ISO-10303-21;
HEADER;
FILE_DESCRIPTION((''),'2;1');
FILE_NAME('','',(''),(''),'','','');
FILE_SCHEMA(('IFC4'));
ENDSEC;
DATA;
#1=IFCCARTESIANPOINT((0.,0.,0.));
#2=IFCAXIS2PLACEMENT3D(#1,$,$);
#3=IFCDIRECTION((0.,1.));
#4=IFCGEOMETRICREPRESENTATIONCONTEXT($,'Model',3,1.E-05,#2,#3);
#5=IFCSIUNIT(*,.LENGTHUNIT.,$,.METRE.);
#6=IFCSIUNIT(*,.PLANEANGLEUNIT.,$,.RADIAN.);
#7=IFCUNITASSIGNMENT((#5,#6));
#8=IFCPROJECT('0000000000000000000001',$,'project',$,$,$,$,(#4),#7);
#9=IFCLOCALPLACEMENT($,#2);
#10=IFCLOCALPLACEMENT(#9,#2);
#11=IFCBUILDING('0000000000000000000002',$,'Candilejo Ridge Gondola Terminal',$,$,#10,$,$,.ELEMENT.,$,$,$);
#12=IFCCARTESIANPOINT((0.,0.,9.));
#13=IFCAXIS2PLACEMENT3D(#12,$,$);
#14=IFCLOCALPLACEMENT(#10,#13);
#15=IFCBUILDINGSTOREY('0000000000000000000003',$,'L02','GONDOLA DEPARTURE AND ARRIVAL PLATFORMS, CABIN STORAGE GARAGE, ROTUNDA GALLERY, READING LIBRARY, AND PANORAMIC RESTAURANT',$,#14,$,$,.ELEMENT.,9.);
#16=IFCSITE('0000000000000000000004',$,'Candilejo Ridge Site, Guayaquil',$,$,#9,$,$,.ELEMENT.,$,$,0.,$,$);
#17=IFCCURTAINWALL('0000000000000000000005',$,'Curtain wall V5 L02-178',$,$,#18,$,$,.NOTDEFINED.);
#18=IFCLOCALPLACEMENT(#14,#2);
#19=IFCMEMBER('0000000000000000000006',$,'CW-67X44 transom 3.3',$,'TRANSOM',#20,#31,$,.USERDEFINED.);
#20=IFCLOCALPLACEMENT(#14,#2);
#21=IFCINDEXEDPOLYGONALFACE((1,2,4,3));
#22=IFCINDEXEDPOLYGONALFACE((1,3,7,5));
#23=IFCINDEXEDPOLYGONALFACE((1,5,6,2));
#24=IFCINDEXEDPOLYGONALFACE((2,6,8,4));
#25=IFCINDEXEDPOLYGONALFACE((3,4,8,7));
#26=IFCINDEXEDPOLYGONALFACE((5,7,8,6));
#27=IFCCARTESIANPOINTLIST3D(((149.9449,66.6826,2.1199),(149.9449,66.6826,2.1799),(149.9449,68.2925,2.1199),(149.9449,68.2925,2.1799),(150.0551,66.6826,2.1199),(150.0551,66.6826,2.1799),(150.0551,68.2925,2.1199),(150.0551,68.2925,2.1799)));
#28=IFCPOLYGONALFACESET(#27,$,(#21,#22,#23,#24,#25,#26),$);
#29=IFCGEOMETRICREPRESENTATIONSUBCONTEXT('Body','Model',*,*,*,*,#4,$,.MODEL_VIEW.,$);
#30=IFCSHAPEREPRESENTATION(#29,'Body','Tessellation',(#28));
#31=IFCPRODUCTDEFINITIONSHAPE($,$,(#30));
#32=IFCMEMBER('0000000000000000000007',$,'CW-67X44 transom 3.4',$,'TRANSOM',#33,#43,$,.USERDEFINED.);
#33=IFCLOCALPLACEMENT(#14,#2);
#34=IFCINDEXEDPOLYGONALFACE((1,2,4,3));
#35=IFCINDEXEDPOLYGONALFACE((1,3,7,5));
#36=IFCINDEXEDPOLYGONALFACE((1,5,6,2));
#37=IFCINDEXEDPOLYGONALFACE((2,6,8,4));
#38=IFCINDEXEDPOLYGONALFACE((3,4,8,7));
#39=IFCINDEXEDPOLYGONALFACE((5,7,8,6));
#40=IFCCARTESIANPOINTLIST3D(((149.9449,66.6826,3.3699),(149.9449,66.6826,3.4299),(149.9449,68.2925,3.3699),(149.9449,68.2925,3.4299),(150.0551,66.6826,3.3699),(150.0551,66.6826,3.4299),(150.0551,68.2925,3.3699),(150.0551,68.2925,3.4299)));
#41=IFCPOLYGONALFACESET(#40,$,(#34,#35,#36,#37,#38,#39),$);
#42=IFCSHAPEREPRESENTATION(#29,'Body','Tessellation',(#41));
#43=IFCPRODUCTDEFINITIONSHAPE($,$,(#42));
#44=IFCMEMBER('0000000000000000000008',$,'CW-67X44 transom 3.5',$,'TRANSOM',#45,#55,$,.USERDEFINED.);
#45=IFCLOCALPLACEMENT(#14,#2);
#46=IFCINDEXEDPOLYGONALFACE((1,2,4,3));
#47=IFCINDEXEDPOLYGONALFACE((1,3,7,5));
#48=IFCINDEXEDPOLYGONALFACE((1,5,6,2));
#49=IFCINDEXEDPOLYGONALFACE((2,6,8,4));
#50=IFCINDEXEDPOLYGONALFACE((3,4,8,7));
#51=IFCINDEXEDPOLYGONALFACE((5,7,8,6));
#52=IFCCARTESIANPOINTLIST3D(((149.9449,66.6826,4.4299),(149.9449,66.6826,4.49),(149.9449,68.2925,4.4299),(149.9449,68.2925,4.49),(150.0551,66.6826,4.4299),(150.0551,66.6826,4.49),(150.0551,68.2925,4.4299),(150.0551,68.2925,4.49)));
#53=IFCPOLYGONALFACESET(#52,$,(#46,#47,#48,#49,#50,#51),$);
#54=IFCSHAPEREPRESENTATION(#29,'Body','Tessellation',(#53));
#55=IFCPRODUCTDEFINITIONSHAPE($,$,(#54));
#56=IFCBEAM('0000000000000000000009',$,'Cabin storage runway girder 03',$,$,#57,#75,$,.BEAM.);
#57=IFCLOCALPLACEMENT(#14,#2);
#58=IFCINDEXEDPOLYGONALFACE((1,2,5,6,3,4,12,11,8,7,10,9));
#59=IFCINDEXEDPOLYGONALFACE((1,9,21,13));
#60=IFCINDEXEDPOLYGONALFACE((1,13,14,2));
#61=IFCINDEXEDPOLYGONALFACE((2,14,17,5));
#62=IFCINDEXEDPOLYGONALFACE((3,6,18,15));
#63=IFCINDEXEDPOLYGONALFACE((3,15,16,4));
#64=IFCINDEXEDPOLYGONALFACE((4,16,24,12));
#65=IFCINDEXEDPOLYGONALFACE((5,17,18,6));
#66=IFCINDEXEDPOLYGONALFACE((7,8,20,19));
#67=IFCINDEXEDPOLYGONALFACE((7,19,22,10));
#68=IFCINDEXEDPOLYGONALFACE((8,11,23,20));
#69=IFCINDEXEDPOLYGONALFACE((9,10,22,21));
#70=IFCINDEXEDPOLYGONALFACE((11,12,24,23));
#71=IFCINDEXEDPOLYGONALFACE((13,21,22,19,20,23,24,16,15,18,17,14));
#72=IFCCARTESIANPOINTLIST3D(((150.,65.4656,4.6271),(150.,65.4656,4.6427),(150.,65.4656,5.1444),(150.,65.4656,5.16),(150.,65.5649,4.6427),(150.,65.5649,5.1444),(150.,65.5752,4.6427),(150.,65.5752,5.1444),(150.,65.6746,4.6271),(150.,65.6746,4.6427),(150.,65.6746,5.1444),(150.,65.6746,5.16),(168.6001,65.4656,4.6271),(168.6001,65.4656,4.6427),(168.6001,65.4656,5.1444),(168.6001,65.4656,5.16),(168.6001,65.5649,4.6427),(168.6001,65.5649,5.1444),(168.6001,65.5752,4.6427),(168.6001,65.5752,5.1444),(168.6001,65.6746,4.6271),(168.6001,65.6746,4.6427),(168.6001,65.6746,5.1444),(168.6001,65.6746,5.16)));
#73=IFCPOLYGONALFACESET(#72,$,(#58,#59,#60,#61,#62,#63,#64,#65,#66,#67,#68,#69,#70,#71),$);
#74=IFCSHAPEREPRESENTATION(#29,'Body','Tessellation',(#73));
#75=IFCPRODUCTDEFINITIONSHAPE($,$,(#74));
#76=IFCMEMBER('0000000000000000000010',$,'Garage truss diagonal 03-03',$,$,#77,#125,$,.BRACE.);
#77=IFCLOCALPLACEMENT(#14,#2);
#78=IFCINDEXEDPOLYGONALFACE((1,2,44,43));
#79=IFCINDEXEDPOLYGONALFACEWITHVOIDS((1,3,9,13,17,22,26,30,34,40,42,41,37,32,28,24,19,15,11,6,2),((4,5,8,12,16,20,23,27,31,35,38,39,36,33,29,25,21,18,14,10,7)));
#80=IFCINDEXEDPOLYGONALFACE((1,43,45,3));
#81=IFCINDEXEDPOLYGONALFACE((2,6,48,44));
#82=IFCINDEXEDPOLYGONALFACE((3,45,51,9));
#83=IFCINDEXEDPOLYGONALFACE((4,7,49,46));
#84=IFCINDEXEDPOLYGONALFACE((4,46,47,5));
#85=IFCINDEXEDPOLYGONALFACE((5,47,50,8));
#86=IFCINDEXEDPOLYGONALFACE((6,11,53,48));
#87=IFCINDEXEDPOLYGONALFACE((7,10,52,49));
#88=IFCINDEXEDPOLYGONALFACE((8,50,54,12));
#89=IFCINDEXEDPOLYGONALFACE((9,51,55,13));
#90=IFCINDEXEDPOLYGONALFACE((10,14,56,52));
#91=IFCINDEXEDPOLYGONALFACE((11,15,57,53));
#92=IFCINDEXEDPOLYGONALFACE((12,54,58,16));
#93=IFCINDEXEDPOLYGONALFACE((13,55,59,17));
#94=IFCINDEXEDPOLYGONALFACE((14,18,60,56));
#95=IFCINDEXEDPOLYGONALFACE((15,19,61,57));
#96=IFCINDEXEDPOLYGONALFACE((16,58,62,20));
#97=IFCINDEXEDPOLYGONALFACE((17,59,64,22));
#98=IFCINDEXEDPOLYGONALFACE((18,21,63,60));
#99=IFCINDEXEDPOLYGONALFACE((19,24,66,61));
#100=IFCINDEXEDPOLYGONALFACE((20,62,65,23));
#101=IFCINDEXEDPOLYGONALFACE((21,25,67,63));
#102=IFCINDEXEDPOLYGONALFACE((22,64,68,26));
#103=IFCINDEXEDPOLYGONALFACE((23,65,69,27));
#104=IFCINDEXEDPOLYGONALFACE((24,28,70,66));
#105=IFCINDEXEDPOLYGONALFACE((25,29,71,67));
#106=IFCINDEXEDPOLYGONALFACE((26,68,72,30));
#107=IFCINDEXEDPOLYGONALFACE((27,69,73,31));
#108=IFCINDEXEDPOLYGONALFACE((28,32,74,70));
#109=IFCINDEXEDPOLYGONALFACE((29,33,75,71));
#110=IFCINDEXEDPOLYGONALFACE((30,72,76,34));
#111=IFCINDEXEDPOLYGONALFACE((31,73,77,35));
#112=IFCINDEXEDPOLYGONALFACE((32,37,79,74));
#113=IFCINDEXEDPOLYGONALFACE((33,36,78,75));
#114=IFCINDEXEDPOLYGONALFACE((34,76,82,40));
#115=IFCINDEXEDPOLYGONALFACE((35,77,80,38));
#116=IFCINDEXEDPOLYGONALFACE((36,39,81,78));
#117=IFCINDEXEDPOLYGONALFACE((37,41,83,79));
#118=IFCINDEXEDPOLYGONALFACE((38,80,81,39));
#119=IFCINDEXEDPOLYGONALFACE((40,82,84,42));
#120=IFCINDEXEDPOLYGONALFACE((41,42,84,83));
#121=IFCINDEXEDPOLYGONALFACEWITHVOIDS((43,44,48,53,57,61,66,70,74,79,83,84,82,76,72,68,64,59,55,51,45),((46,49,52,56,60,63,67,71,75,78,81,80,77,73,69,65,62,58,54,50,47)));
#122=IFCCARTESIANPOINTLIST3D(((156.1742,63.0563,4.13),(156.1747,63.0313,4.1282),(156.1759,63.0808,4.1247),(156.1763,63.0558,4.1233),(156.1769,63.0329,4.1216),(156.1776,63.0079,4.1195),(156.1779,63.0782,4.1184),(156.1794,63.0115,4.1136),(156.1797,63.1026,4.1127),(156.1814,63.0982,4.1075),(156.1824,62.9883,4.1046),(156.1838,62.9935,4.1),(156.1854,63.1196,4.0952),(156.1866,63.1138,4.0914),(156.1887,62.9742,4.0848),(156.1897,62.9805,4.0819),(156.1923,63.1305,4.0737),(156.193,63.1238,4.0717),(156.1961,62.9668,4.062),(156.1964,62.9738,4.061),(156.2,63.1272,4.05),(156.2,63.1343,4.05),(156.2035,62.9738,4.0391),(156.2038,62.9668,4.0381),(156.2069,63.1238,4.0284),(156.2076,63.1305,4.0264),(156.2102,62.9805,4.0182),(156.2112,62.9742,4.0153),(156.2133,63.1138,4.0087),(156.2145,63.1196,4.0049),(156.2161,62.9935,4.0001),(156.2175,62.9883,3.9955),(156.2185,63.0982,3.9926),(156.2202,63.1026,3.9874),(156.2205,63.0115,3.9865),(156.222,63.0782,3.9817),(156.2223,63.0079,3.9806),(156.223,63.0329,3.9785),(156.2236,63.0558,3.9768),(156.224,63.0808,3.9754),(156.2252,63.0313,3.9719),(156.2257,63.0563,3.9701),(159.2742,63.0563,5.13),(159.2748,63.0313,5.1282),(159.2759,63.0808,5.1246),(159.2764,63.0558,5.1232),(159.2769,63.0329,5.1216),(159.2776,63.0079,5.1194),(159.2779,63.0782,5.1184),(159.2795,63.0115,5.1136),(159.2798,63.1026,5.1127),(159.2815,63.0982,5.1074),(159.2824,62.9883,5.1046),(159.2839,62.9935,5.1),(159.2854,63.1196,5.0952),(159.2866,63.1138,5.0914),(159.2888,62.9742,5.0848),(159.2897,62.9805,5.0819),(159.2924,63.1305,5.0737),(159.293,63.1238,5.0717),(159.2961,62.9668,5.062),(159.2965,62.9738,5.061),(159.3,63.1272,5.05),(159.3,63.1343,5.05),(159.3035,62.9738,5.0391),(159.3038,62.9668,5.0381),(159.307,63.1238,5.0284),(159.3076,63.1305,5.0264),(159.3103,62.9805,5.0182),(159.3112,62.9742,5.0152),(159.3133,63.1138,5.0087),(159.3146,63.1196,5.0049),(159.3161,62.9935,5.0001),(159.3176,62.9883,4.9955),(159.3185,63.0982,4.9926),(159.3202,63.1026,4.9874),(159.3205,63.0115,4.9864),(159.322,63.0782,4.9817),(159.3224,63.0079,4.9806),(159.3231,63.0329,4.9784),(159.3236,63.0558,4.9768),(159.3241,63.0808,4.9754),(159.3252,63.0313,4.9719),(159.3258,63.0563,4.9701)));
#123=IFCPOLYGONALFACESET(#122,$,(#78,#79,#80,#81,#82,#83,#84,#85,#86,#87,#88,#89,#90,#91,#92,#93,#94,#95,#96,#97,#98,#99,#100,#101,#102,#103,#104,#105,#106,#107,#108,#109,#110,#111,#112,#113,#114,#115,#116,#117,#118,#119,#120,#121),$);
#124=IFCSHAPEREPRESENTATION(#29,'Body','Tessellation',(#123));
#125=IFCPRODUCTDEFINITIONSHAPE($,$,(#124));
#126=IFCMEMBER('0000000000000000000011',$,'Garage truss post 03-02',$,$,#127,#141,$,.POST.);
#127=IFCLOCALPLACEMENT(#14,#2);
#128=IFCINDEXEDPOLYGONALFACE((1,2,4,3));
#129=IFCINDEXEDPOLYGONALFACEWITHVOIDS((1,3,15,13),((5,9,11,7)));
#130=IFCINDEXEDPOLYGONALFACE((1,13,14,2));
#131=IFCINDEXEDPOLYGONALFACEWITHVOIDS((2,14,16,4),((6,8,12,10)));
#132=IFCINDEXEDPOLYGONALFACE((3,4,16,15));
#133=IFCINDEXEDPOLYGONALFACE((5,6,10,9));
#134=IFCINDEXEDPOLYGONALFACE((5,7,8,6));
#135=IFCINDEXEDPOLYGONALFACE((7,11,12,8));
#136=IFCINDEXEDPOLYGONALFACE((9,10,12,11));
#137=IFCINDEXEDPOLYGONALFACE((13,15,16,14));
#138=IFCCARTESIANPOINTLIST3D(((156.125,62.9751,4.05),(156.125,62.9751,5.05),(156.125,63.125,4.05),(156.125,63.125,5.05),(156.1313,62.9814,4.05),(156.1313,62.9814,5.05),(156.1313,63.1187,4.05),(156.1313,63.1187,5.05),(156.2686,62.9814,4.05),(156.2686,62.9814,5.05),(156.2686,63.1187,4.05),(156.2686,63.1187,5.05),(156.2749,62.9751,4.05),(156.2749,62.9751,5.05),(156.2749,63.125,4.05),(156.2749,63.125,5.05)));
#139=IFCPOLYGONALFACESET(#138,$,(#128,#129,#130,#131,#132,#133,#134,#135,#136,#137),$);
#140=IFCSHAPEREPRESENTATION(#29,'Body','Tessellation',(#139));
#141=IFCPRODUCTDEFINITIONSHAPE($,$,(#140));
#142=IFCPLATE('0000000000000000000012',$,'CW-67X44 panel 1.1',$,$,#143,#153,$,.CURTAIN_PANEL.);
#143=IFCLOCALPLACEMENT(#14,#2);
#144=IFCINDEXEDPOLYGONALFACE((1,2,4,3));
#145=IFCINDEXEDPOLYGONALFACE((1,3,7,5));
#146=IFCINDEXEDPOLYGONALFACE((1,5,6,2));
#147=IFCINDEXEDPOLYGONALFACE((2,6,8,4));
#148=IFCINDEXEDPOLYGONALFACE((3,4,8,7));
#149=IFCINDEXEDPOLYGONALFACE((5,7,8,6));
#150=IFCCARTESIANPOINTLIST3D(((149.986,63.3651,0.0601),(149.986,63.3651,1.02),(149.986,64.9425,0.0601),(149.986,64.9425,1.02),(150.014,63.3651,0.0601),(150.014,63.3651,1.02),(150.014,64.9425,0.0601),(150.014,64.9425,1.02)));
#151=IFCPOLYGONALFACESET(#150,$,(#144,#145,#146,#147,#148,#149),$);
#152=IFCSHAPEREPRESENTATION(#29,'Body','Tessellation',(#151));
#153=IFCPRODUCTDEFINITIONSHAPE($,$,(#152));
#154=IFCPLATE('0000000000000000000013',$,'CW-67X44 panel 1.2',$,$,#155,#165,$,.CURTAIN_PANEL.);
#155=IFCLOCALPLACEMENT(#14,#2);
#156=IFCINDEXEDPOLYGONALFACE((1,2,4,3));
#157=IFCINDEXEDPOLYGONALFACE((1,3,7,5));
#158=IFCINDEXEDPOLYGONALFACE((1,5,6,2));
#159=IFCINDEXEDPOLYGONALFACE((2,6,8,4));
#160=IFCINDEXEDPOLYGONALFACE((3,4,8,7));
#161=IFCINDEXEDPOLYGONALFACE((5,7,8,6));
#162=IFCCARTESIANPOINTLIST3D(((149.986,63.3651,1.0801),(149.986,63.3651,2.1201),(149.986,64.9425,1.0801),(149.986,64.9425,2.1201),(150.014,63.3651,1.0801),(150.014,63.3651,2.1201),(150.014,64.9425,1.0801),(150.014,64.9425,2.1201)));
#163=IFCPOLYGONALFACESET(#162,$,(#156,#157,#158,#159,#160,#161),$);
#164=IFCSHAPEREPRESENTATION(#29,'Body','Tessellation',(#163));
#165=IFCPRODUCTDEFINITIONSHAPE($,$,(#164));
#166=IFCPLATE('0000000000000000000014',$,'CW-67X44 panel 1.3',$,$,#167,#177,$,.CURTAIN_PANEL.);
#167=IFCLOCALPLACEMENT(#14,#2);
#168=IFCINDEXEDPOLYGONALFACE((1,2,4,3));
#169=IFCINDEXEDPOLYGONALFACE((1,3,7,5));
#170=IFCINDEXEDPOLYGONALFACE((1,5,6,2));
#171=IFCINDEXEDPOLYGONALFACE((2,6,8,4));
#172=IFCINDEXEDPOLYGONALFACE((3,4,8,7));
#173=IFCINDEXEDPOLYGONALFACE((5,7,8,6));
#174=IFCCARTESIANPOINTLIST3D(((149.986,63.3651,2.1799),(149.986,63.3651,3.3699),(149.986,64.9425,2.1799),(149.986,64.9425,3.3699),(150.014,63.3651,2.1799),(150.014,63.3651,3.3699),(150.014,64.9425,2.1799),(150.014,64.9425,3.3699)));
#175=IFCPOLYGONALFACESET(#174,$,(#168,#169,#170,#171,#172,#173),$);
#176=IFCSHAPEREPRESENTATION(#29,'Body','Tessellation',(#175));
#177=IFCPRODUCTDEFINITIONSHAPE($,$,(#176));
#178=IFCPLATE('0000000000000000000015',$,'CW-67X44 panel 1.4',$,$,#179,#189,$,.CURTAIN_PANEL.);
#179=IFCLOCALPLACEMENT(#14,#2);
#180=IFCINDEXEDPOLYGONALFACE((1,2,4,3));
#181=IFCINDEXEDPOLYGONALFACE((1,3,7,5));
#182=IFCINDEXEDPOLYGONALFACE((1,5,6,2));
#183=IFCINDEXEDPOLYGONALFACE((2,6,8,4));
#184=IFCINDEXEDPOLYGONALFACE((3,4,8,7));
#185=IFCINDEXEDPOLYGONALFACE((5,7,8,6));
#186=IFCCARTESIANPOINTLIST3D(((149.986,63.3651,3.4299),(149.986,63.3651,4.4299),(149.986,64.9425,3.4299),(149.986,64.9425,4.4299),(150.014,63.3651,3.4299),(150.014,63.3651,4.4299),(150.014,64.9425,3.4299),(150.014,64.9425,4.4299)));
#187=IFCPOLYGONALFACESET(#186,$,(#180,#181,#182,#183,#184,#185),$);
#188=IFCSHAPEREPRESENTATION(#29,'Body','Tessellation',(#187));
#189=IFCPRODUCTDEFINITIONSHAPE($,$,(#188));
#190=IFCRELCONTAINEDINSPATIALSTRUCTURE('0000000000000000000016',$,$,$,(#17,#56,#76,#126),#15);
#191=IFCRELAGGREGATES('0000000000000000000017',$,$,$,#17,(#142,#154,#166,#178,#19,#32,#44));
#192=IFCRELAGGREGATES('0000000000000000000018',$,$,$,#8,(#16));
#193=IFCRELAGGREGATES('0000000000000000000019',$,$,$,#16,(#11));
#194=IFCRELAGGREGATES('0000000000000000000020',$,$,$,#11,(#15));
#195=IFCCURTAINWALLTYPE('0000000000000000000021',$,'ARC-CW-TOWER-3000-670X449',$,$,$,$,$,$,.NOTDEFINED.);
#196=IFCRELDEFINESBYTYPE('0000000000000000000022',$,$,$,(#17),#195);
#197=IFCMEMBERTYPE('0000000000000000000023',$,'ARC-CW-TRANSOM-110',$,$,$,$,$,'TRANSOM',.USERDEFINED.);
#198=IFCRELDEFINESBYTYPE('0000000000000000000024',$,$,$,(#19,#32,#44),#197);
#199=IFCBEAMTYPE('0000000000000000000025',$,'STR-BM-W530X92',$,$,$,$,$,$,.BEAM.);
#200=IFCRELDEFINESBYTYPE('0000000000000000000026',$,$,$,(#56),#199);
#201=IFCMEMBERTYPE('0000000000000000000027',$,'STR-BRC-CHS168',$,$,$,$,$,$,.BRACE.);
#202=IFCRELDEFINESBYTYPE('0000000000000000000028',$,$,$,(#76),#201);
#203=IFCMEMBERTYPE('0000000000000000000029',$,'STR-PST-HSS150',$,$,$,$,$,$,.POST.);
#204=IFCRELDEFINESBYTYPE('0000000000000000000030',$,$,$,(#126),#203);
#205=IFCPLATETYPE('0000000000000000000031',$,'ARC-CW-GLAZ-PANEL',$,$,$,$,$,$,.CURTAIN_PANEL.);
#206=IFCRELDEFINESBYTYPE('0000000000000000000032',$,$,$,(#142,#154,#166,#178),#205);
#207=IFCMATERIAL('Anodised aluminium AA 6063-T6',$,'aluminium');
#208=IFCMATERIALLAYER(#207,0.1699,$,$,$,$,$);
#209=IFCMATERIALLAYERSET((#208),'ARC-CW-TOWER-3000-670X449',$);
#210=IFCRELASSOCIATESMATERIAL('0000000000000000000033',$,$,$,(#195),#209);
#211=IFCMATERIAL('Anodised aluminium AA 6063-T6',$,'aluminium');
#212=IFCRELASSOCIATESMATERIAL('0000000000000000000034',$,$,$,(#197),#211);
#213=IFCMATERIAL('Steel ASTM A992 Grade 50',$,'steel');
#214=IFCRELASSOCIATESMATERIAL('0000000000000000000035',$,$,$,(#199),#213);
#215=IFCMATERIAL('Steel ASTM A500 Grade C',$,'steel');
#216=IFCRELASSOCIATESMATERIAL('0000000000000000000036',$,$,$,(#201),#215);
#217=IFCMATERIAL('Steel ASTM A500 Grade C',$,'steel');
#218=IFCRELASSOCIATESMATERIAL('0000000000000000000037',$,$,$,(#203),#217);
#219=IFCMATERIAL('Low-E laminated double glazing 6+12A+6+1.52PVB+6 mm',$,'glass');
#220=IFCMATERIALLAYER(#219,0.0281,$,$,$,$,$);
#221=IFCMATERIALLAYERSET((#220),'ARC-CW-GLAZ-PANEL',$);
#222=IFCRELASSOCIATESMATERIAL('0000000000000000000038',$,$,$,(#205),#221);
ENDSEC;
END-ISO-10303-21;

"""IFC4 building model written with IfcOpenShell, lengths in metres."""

from ifc_helpers import new_model, si_unit, direction, frame, origin, origin_2d, place, context, subcontext, project, spatial, rectangle, hollow_rectangle, hollow_circle, i_section, extrude, material, layer, layer_set, material_profile, profile_set, type_object, element, aggregate, save


model = new_model("IFC4")

# Units and contexts
model_context = context("Model", 3, precision=1e-05, world=origin(), true_north=direction((0.0, 1.0)))
body_context = subcontext(model_context, "Body", "Model", "MODEL_VIEW")
ifc_project = project(units=[si_unit("LENGTHUNIT", "METRE"), si_unit("PLANEANGLEUNIT", "RADIAN")], contexts=[model_context])

# Site, building, storey
site_placement = place(None, origin())
site = spatial("IfcSite", under=ifc_project, at=site_placement, Name="Candilejo Ridge Site, Guayaquil", CompositionType="ELEMENT", RefElevation=0.0)
building_placement = place(site_placement, origin())
building = spatial("IfcBuilding", under=site, at=building_placement, Name="Candilejo Ridge Gondola Terminal", CompositionType="ELEMENT")
storey_placement = place(building_placement, frame((0.0, 0.0, 9.0)))
storey = spatial("IfcBuildingStorey", under=building, at=storey_placement, Name="L02", Description="GONDOLA DEPARTURE AND ARRIVAL PLATFORMS, CABIN STORAGE GARAGE, ROTUNDA GALLERY, READING LIBRARY, AND PANORAMIC RESTAURANT", CompositionType="ELEMENT", Elevation=9.0)

# Curtain wall, members
ifc_material_1 = material(Name="Anodised aluminium AA 6063-T6", Category="aluminium")
ifc_layer_1 = layer(ifc_material_1, 0.1699)
ifc_layer_set_1 = layer_set([ifc_layer_1], Name="ARC-CW-TOWER-3000-670X449")
curtain_wall_type = type_object("IfcCurtainWallType", Name="ARC-CW-TOWER-3000-670X449", PredefinedType="NOTDEFINED", material=ifc_layer_set_1)
curtain_wall_placement = place(storey_placement, origin())
curtain_wall = element("IfcCurtainWall", 1, at=curtain_wall_placement, inside=storey, type_object=curtain_wall_type, Name="Curtain wall V5 L02-178", PredefinedType="NOTDEFINED")
ifc_material_2 = material(Name="Anodised aluminium AA 6063-T6", Category="aluminium")
ifc_material_profile_1 = material_profile(ifc_material_2, rectangle(XDim=0.1101, YDim=0.0601, at=origin_2d()))
ifc_profile_set_1 = profile_set([ifc_material_profile_1], Name="Anodised aluminium AA 6063-T6")
member_type_1 = type_object("IfcMemberType", Name="ARC-CW-TRANSOM-110", ElementType="TRANSOM", PredefinedType="USERDEFINED", material=ifc_profile_set_1)
member_1_placement = place(storey_placement, frame((150.0, 66.6826, 2.1499), z_axis=(0.0, 1.0, 0.0), x_axis=(-1.0, 0.0, 0.0)))
member_1 = element("IfcMember", 2, at=member_1_placement, type_object=member_type_1, Name="CW-67X44 transom 3.3", ObjectType="TRANSOM", PredefinedType="USERDEFINED", context=body_context, shape_type="SweptSolid", body=[
    extrude(rectangle(XDim=0.1101, YDim=0.0601, at=origin_2d()), origin(), (0.0, 0.0, 1.0), 1.6099),
])
member_2_placement = place(storey_placement, frame((150.0, 66.6826, 3.3999), z_axis=(0.0, 1.0, 0.0), x_axis=(-1.0, 0.0, 0.0)))
member_2 = element("IfcMember", 3, at=member_2_placement, type_object=member_type_1, Name="CW-67X44 transom 3.4", ObjectType="TRANSOM", PredefinedType="USERDEFINED", context=body_context, shape_type="SweptSolid", body=[
    extrude(rectangle(XDim=0.1101, YDim=0.0601, at=origin_2d()), origin(), (0.0, 0.0, 1.0), 1.6099),
])
member_3_placement = place(storey_placement, frame((150.0, 66.6826, 4.46), z_axis=(0.0, 1.0, 0.0), x_axis=(-1.0, 0.0, 0.0)))
member_3 = element("IfcMember", 4, at=member_3_placement, type_object=member_type_1, Name="CW-67X44 transom 3.5", ObjectType="TRANSOM", PredefinedType="USERDEFINED", context=body_context, shape_type="SweptSolid", body=[
    extrude(rectangle(XDim=0.1101, YDim=0.0601, at=origin_2d()), origin(), (0.0, 0.0, 1.0), 1.6099),
])

# Beam
ifc_material_3 = material(Name="Steel ASTM A992 Grade 50", Category="steel")
ifc_material_profile_2 = material_profile(ifc_material_3, i_section(OverallWidth=0.209, OverallDepth=0.533, WebThickness=0.0103, FlangeThickness=0.0156, at=origin_2d()))
ifc_profile_set_2 = profile_set([ifc_material_profile_2], Name="Steel ASTM A992 Grade 50")
beam_type = type_object("IfcBeamType", Name="STR-BM-W530X92", PredefinedType="BEAM", material=ifc_profile_set_2)
beam_placement = place(storey_placement, frame((150.0, 65.5701, 4.8936), z_axis=(1.0, 0.0, 0.0), x_axis=(0.0, 1.0, 0.0)))
element("IfcBeam", 5, at=beam_placement, inside=storey, type_object=beam_type, Name="Cabin storage runway girder 03", PredefinedType="BEAM", context=body_context, shape_type="SweptSolid", body=[
    extrude(i_section(OverallWidth=0.209, OverallDepth=0.533, WebThickness=0.0103, FlangeThickness=0.0156, at=origin_2d()), origin(), (0.0, 0.0, 1.0), 18.6001),
])

# Members
ifc_material_4 = material(Name="Steel ASTM A500 Grade C", Category="steel")
ifc_material_profile_3 = material_profile(ifc_material_4, hollow_circle(Radius=0.0842, WallThickness=0.0071, at=origin_2d()))
ifc_profile_set_3 = profile_set([ifc_material_profile_3], Name="Steel ASTM A500 Grade C")
member_type_2 = type_object("IfcMemberType", Name="STR-BRC-CHS168", PredefinedType="BRACE", material=ifc_profile_set_3)
member_4_placement = place(storey_placement, frame((156.2, 63.05, 4.05), z_axis=(0.951711, 0.0, 0.306994), x_axis=(0.0, 1.0, 0.0)))
element("IfcMember", 6, at=member_4_placement, inside=storey, type_object=member_type_2, Name="Garage truss diagonal 03-03", PredefinedType="BRACE", context=body_context, shape_type="SweptSolid", body=[
    extrude(hollow_circle(Radius=0.0842, WallThickness=0.0071, at=origin_2d()), origin(), (0.0, 0.0, 1.0), 3.2573),
])
ifc_material_5 = material(Name="Steel ASTM A500 Grade C", Category="steel")
ifc_material_profile_4 = material_profile(ifc_material_5, hollow_rectangle(XDim=0.1499, YDim=0.1499, WallThickness=0.0063, at=origin_2d()))
ifc_profile_set_4 = profile_set([ifc_material_profile_4], Name="Steel ASTM A500 Grade C")
member_type_3 = type_object("IfcMemberType", Name="STR-PST-HSS150", PredefinedType="POST", material=ifc_profile_set_4)
member_5_placement = place(storey_placement, frame((156.2, 63.05, 4.05), z_axis=(0.0, 0.0, 1.0), x_axis=(1.0, 0.0, 0.0)))
element("IfcMember", 7, at=member_5_placement, inside=storey, type_object=member_type_3, Name="Garage truss post 03-02", PredefinedType="POST", context=body_context, shape_type="SweptSolid", body=[
    extrude(hollow_rectangle(XDim=0.1499, YDim=0.1499, WallThickness=0.0063, at=origin_2d()), origin(), (0.0, 0.0, 1.0), 1.0),
])

# Plates
ifc_material_6 = material(Name="Low-E laminated double glazing 6+12A+6+1.52PVB+6 mm", Category="glass")
ifc_layer_2 = layer(ifc_material_6, 0.0281)
ifc_layer_set_2 = layer_set([ifc_layer_2], Name="ARC-CW-GLAZ-PANEL")
plate_type_1 = type_object("IfcPlateType", Name="ARC-CW-GLAZ-PANEL", PredefinedType="CURTAIN_PANEL", material=ifc_layer_set_2)
plate_1_placement = place(storey_placement, frame((150.0, 64.1538, 0.0601), z_axis=(0.0, 0.0, 1.0), x_axis=(0.0, 1.0, 0.0)))
plate_1 = element("IfcPlate", 8, at=plate_1_placement, type_object=plate_type_1, Name="CW-67X44 panel 1.1", PredefinedType="CURTAIN_PANEL", context=body_context, shape_type="SweptSolid", body=[
    extrude(rectangle(XDim=1.5774, YDim=0.0281, at=origin_2d()), origin(), (0.0, 0.0, 1.0), 0.96),
])
plate_2_placement = place(storey_placement, frame((150.0, 64.1538, 1.0801), z_axis=(0.0, 0.0, 1.0), x_axis=(0.0, 1.0, 0.0)))
plate_2 = element("IfcPlate", 9, at=plate_2_placement, type_object=plate_type_1, Name="CW-67X44 panel 1.2", PredefinedType="CURTAIN_PANEL", context=body_context, shape_type="SweptSolid", body=[
    extrude(rectangle(XDim=1.5774, YDim=0.0281, at=origin_2d()), origin(), (0.0, 0.0, 1.0), 1.04),
])
plate_3_placement = place(storey_placement, frame((150.0, 64.1538, 2.1799), z_axis=(0.0, 0.0, 1.0), x_axis=(0.0, 1.0, 0.0)))
plate_3 = element("IfcPlate", 10, at=plate_3_placement, type_object=plate_type_1, Name="CW-67X44 panel 1.3", PredefinedType="CURTAIN_PANEL", context=body_context, shape_type="SweptSolid", body=[
    extrude(rectangle(XDim=1.5774, YDim=0.0281, at=origin_2d()), origin(), (0.0, 0.0, 1.0), 1.1899),
])
plate_4_placement = place(storey_placement, frame((150.0, 64.1538, 3.4299), z_axis=(0.0, 0.0, 1.0), x_axis=(0.0, 1.0, 0.0)))
plate_4 = element("IfcPlate", 11, at=plate_4_placement, type_object=plate_type_1, Name="CW-67X44 panel 1.4", PredefinedType="CURTAIN_PANEL", context=body_context, shape_type="SweptSolid", body=[
    extrude(rectangle(XDim=1.5774, YDim=0.0281, at=origin_2d()), origin(), (0.0, 0.0, 1.0), 1.0),
])
aggregate(curtain_wall, [plate_1, plate_2, plate_3, plate_4, member_1, member_2, member_3])

save(model, "model.ifc")
